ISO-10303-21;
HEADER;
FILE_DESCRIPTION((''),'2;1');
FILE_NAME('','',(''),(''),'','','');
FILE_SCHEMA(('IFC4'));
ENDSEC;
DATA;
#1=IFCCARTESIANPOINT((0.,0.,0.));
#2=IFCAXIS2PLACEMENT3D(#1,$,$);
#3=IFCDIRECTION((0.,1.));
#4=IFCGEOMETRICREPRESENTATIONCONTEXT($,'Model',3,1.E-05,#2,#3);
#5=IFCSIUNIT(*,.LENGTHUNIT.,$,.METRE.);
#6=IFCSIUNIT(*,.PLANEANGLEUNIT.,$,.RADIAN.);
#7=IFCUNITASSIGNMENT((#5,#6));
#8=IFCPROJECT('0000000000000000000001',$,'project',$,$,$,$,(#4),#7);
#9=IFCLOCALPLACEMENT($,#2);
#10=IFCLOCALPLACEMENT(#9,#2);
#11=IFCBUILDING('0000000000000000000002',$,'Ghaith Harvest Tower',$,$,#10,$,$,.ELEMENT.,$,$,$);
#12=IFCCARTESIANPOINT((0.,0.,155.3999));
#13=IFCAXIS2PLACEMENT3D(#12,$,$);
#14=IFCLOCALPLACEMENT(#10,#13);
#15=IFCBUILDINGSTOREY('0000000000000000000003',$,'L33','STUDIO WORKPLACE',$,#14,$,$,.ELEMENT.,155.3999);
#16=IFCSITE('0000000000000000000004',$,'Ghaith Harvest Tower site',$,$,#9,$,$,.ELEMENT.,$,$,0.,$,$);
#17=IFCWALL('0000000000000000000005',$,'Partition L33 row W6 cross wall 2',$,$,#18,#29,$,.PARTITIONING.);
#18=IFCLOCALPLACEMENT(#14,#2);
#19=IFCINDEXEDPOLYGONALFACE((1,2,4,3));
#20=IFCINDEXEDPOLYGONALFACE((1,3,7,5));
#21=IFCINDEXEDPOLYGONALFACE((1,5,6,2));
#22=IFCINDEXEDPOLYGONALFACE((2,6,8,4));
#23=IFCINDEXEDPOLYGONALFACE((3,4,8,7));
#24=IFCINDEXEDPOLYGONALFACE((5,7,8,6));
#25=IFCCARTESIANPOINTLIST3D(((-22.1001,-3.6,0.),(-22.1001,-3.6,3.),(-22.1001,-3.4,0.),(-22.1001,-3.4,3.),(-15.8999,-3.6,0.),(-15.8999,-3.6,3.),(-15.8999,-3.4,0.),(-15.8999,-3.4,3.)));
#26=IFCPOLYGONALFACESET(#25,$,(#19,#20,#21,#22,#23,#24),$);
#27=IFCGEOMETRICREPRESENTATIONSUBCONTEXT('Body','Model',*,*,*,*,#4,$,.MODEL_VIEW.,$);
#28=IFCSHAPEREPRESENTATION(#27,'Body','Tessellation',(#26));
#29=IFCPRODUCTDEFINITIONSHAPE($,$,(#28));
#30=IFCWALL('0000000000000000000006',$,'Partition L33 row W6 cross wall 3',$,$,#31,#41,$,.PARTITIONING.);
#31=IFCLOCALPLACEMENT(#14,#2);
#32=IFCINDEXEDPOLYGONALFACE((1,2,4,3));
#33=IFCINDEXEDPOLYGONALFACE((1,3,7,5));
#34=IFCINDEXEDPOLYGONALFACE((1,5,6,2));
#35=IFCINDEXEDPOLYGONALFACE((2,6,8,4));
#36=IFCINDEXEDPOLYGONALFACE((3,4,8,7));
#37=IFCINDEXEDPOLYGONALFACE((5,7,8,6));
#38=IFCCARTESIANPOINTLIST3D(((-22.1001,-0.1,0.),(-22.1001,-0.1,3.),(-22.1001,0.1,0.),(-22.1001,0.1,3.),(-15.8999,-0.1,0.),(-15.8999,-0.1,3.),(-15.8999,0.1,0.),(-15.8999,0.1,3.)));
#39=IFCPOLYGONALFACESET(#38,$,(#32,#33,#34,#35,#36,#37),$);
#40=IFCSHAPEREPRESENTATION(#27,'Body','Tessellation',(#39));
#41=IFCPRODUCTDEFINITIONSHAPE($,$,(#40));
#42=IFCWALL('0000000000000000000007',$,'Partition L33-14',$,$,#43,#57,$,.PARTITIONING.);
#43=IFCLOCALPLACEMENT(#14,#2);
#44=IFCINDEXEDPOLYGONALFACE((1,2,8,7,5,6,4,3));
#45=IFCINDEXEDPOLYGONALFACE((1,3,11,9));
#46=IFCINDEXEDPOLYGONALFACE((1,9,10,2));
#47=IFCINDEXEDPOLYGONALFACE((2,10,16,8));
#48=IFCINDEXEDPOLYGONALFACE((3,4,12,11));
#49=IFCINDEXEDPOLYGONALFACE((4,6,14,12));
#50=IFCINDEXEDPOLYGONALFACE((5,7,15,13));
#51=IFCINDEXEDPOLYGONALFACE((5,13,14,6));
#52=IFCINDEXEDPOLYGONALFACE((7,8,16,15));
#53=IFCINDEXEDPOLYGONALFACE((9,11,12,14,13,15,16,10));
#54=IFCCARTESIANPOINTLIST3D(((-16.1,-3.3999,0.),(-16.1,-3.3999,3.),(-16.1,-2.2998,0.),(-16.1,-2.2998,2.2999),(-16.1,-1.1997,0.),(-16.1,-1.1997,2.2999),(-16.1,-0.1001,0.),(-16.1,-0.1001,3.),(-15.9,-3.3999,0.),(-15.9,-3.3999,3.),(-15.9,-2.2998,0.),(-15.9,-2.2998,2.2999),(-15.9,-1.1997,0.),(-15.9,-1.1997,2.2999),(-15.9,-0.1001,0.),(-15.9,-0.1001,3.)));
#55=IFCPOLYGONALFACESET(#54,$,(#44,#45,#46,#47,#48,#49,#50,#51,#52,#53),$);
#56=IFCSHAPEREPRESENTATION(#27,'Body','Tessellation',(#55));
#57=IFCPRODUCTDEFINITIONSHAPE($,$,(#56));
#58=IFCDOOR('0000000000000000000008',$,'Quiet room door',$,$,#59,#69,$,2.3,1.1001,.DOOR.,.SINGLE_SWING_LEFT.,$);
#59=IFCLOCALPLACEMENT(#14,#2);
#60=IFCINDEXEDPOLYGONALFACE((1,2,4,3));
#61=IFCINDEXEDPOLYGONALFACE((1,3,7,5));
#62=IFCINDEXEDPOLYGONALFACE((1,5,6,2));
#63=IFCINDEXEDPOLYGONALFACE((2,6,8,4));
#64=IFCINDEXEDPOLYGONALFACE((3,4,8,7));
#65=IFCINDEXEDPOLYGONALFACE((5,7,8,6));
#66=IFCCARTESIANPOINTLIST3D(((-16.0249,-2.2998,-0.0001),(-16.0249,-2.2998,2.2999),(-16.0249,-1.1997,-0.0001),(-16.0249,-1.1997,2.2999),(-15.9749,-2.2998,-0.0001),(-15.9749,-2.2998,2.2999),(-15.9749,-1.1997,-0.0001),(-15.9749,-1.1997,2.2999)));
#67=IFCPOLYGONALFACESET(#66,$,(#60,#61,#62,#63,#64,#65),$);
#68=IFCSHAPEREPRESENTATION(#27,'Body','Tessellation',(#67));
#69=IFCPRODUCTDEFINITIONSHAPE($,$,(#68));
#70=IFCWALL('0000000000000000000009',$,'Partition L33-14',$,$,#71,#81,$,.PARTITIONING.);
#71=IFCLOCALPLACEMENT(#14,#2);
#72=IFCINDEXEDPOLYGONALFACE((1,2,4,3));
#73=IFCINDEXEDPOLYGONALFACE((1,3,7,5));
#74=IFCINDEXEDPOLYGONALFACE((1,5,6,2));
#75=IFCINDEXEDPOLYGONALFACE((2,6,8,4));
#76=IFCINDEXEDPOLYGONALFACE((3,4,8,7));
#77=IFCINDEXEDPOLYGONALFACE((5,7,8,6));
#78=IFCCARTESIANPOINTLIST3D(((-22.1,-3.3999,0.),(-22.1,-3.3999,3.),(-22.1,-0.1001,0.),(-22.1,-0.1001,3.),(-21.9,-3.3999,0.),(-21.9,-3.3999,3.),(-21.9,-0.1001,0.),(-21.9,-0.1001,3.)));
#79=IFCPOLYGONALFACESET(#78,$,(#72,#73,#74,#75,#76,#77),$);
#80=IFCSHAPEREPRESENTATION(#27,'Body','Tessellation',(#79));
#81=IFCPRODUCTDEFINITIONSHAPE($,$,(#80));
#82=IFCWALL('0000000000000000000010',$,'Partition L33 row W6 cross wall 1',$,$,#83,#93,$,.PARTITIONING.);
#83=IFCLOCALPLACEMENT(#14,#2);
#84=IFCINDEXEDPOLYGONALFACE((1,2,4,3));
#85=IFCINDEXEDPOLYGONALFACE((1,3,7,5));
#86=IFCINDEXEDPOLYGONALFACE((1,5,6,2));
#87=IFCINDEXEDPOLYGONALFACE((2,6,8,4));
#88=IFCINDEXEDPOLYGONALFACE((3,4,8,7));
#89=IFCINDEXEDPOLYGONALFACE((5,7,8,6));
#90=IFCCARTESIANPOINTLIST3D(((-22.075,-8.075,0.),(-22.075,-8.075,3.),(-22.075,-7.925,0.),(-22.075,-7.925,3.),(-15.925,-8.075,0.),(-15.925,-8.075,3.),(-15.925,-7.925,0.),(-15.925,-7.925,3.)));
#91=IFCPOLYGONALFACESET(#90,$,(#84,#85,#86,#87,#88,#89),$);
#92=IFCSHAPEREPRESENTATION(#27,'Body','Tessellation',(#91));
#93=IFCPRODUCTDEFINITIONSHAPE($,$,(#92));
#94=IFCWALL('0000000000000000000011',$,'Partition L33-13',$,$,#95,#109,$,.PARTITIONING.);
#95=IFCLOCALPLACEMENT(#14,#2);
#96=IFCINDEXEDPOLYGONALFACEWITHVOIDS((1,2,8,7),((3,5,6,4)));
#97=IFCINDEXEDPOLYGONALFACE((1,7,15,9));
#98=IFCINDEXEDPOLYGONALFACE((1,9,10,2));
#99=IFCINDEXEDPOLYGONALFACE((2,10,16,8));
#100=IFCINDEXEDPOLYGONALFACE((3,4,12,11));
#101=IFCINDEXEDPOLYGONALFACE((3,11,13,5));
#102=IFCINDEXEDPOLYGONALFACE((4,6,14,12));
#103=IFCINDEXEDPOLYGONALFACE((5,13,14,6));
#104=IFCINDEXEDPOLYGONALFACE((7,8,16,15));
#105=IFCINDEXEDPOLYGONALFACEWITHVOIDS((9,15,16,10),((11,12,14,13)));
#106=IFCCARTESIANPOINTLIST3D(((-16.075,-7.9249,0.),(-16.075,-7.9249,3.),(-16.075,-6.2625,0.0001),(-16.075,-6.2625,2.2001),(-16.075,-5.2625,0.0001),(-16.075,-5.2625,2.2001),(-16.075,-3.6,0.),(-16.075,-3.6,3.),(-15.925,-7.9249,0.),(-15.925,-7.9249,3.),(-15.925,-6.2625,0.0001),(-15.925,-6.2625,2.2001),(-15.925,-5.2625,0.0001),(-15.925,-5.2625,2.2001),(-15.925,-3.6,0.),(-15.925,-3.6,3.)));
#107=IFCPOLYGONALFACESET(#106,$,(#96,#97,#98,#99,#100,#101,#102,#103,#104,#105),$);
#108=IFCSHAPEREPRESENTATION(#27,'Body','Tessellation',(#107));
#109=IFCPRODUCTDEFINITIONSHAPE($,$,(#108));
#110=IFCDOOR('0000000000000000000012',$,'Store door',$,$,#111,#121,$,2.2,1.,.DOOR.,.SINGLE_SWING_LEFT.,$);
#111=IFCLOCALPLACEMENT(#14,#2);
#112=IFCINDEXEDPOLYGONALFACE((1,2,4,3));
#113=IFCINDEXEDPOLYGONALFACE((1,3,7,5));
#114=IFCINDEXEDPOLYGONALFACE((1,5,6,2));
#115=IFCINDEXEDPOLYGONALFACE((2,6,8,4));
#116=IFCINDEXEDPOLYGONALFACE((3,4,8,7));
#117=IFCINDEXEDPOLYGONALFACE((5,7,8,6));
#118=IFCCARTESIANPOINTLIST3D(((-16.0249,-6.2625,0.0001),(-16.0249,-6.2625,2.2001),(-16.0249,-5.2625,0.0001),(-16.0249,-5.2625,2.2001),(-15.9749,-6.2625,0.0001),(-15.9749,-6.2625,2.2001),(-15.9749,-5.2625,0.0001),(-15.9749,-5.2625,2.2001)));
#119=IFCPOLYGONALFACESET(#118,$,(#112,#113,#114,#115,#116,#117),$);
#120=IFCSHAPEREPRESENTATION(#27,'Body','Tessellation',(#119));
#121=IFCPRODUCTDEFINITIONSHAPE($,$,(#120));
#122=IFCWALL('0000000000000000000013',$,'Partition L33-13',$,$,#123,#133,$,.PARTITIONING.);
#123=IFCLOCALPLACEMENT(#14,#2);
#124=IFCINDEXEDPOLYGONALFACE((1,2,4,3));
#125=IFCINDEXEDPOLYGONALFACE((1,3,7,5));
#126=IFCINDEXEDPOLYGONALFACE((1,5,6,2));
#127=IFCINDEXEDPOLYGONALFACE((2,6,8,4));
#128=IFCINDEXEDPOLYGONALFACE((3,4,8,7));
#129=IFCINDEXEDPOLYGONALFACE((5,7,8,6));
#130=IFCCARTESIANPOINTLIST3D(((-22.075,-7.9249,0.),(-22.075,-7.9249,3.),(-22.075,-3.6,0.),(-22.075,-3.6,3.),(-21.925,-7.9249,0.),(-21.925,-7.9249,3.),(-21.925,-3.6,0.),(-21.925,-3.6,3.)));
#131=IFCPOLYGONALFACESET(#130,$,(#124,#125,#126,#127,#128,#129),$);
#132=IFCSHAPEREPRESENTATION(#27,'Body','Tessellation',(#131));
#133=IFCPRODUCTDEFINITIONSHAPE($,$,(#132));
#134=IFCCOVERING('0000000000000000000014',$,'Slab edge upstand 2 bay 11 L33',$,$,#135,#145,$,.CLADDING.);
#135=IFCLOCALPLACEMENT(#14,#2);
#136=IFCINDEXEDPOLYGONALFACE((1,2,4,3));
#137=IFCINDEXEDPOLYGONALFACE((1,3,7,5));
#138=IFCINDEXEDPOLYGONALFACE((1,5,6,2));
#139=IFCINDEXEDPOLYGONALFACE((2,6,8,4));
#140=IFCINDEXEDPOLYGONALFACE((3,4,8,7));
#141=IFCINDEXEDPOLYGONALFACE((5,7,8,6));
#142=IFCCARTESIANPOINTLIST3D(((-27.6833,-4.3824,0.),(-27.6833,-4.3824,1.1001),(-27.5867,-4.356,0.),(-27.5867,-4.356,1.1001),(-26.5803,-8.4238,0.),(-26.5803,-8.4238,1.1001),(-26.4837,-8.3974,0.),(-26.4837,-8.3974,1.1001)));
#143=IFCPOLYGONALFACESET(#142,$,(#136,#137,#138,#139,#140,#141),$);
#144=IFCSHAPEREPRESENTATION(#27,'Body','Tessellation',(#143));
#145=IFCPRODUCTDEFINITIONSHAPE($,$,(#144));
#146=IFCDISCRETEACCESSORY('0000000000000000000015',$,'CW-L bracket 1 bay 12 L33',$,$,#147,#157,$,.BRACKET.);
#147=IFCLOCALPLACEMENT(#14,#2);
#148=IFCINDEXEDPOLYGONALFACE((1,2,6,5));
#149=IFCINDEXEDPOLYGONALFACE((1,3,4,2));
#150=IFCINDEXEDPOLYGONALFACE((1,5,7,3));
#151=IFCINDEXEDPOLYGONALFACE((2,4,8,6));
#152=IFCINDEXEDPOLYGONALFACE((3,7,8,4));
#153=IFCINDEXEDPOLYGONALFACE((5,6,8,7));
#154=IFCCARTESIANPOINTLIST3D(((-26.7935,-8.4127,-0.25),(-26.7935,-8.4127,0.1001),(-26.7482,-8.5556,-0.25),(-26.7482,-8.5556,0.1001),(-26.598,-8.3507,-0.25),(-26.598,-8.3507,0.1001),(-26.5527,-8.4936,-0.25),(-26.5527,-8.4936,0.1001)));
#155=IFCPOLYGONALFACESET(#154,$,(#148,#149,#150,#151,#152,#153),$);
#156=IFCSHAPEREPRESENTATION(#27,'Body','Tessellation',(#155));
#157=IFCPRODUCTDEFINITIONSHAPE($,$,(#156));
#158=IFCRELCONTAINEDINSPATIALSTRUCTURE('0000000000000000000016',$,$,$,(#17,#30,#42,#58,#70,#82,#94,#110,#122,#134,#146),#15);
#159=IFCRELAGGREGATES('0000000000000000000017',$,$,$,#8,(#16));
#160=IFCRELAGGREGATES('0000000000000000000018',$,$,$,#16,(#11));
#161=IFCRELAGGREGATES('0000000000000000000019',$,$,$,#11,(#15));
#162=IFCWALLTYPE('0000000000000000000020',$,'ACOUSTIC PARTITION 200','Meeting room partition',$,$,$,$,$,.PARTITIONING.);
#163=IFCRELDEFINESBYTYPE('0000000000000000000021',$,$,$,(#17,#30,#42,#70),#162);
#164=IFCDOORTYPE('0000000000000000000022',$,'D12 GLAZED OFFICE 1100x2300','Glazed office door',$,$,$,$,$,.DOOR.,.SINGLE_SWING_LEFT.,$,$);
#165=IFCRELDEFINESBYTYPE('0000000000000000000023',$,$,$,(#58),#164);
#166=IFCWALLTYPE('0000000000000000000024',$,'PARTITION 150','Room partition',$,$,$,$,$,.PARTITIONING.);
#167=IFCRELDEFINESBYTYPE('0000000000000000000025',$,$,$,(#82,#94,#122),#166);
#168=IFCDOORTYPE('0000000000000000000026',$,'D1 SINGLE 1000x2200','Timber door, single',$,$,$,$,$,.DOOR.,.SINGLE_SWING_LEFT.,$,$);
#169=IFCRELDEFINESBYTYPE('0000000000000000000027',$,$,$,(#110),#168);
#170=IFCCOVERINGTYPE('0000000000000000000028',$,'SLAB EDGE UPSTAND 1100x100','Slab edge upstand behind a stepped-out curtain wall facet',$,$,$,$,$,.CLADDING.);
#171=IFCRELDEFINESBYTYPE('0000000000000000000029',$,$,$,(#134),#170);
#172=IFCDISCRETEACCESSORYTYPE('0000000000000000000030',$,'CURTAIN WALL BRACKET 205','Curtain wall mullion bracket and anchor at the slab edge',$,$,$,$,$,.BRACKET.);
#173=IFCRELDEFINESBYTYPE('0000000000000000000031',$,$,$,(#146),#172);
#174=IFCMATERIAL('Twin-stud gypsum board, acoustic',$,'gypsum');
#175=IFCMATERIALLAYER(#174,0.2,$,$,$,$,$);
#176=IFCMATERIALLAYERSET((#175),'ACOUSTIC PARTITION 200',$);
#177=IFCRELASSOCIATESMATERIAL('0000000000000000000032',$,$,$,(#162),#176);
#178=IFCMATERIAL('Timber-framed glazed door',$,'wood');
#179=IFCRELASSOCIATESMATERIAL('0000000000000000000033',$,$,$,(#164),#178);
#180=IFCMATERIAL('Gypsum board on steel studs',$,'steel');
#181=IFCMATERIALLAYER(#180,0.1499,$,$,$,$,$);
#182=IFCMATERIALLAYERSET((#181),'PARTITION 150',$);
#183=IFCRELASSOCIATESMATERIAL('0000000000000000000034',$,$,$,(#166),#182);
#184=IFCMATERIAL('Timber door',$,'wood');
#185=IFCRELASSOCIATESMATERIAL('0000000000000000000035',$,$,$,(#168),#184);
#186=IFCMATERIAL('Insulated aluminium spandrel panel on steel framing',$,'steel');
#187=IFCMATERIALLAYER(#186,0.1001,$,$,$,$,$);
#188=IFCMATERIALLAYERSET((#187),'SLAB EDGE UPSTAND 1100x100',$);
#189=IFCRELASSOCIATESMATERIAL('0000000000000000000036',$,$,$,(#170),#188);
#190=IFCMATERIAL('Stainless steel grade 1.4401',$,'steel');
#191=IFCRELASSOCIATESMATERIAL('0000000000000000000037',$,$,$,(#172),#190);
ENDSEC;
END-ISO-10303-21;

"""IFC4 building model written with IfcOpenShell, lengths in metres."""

from ifc_helpers import new_model, si_unit, direction, frame, frame_2d, origin, origin_2d, place, context, subcontext, project, spatial, rectangle, extrude, material, layer, layer_set, type_object, element, fill, save


model = new_model("IFC4")

# Units and contexts
model_context = context("Model", 3, precision=1e-05, world=origin(), true_north=direction((0.0, 1.0)))
body_context = subcontext(model_context, "Body", "Model", "MODEL_VIEW")
ifc_project = project(units=[si_unit("LENGTHUNIT", "METRE"), si_unit("PLANEANGLEUNIT", "RADIAN")], contexts=[model_context])

# Site, building, storey
site_placement = place(None, origin())
site = spatial("IfcSite", under=ifc_project, at=site_placement, Name="Ghaith Harvest Tower site", CompositionType="ELEMENT", RefElevation=0.0)
building_placement = place(site_placement, origin())
building = spatial("IfcBuilding", under=site, at=building_placement, Name="Ghaith Harvest Tower", CompositionType="ELEMENT")
storey_placement = place(building_placement, frame((0.0, 0.0, 155.3999)))
storey = spatial("IfcBuildingStorey", under=building, at=storey_placement, Name="L33", Description="STUDIO WORKPLACE", CompositionType="ELEMENT", Elevation=155.3999)

# Walls
ifc_material_1 = material(Name="Twin-stud gypsum board, acoustic", Category="gypsum")
ifc_layer_1 = layer(ifc_material_1, 0.2)
ifc_layer_set_1 = layer_set([ifc_layer_1], Name="ACOUSTIC PARTITION 200")
wall_type_1 = type_object("IfcWallType", Name="ACOUSTIC PARTITION 200", Description="Meeting room partition", PredefinedType="PARTITIONING", material=ifc_layer_set_1)
for number, where, z_axis, x_axis, name in (
    (1, (-15.8999, -3.5, 0.0), (0.0, 0.0, 1.0), (-1.0, 0.0, 0.0), "Partition L33 row W6 cross wall 2"),
    (2, (-15.8999, 0.0, 0.0), (0.0, 0.0, 1.0), (-1.0, 0.0, 0.0), "Partition L33 row W6 cross wall 3"),
):
    element("IfcWall", number, at=place(storey_placement, frame(where, z_axis=z_axis, x_axis=x_axis)), inside=storey, type_object=wall_type_1, Name=name, PredefinedType="PARTITIONING", context=body_context, shape_type="SweptSolid", body=[
        extrude(rectangle(XDim=6.2002, YDim=0.2, at=frame_2d((3.1001, 0.0))), origin(), (0.0, 0.0, 1.0), 3.0),
    ])

# Wall, opening, door
wall_1_placement = place(storey_placement, frame((-16.0, -3.3999, 0.0), z_axis=(0.0, 0.0, 1.0), x_axis=(0.0, 1.0, 0.0)))
wall_1 = element("IfcWall", 3, at=wall_1_placement, inside=storey, type_object=wall_type_1, Name="Partition L33-14", PredefinedType="PARTITIONING", context=body_context, shape_type="SweptSolid", body=[
    extrude(rectangle(XDim=3.2998, YDim=0.2, at=frame_2d((1.6499, 0.0))), origin(), (0.0, 0.0, 1.0), 3.0),
])
opening_1_placement = place(wall_1_placement, frame((1.1001, 0.0, 0.0)))
opening_1 = element("IfcOpeningElement", 4, at=opening_1_placement, cuts=wall_1, PredefinedType="OPENING", context=body_context, shape_type="SweptSolid", body=[
    extrude(rectangle(XDim=1.1001, YDim=2.3, at=frame_2d((0.55, 1.1499))), frame((0.0, 0.1099, 0.0), z_axis=(0.0, -1.0, 0.0), x_axis=(1.0, 0.0, 0.0)), (0.0, 0.0, 1.0), 0.22),
])
ifc_material_2 = material(Name="Timber-framed glazed door", Category="wood")
door_type_1 = type_object("IfcDoorType", Name="D12 GLAZED OFFICE 1100x2300", Description="Glazed office door", OperationType="SINGLE_SWING_LEFT", PredefinedType="DOOR", material=ifc_material_2)
door_1_placement = place(opening_1_placement, origin())
door_1 = element("IfcDoor", 5, at=door_1_placement, inside=storey, type_object=door_type_1, Name="Quiet room door", OperationType="SINGLE_SWING_LEFT", OverallHeight=2.3, OverallWidth=1.1001, PredefinedType="DOOR", context=body_context, shape_type="SweptSolid", body=[
    extrude(rectangle(XDim=1.1001, YDim=2.3, at=frame_2d((0.55, 1.1499))), frame((0.0, 0.0249, 0.0), z_axis=(0.0, -1.0, 0.0), x_axis=(1.0, 0.0, 0.0)), (0.0, 0.0, 1.0), 0.05),
])
fill(opening_1, door_1)

# Walls
wall_2_placement = place(storey_placement, frame((-22.0, -3.3999, 0.0), z_axis=(0.0, 0.0, 1.0), x_axis=(0.0, 1.0, 0.0)))
element("IfcWall", 6, at=wall_2_placement, inside=storey, type_object=wall_type_1, Name="Partition L33-14", PredefinedType="PARTITIONING", context=body_context, shape_type="SweptSolid", body=[
    extrude(rectangle(XDim=3.2998, YDim=0.2, at=frame_2d((1.6499, 0.0))), origin(), (0.0, 0.0, 1.0), 3.0),
])
ifc_material_3 = material(Name="Gypsum board on steel studs", Category="steel")
ifc_layer_2 = layer(ifc_material_3, 0.1499)
ifc_layer_set_2 = layer_set([ifc_layer_2], Name="PARTITION 150")
wall_type_2 = type_object("IfcWallType", Name="PARTITION 150", Description="Room partition", PredefinedType="PARTITIONING", material=ifc_layer_set_2)
wall_3_placement = place(storey_placement, frame((-15.925, -8.0, 0.0), z_axis=(0.0, 0.0, 1.0), x_axis=(-1.0, 0.0, 0.0)))
element("IfcWall", 7, at=wall_3_placement, inside=storey, type_object=wall_type_2, Name="Partition L33 row W6 cross wall 1", PredefinedType="PARTITIONING", context=body_context, shape_type="SweptSolid", body=[
    extrude(rectangle(XDim=6.1499, YDim=0.1499, at=frame_2d((3.075, 0.0))), origin(), (0.0, 0.0, 1.0), 3.0),
])

# Wall, opening, door
wall_4_placement = place(storey_placement, frame((-16.0, -7.925, 0.0), z_axis=(0.0, 0.0, 1.0), x_axis=(0.0, 1.0, 0.0)))
wall_4 = element("IfcWall", 8, at=wall_4_placement, inside=storey, type_object=wall_type_2, Name="Partition L33-13", PredefinedType="PARTITIONING", context=body_context, shape_type="SweptSolid", body=[
    extrude(rectangle(XDim=4.325, YDim=0.1499, at=frame_2d((2.1626, 0.0))), origin(), (0.0, 0.0, 1.0), 3.0),
])
opening_2_placement = place(wall_4_placement, frame((1.6626, 0.0, 0.0)))
opening_2 = element("IfcOpeningElement", 9, at=opening_2_placement, cuts=wall_4, PredefinedType="OPENING", context=body_context, shape_type="SweptSolid", body=[
    extrude(rectangle(XDim=1.0, YDim=2.2, at=frame_2d((0.5, 1.1001))), frame((0.0, 0.085, 0.0), z_axis=(0.0, -1.0, 0.0), x_axis=(1.0, 0.0, 0.0)), (0.0, 0.0, 1.0), 0.1699),
])
ifc_material_4 = material(Name="Timber door", Category="wood")
door_type_2 = type_object("IfcDoorType", Name="D1 SINGLE 1000x2200", Description="Timber door, single", OperationType="SINGLE_SWING_LEFT", PredefinedType="DOOR", material=ifc_material_4)
door_2_placement = place(opening_2_placement, origin())
door_2 = element("IfcDoor", 10, at=door_2_placement, inside=storey, type_object=door_type_2, Name="Store door", OperationType="SINGLE_SWING_LEFT", OverallHeight=2.2, OverallWidth=1.0, PredefinedType="DOOR", context=body_context, shape_type="SweptSolid", body=[
    extrude(rectangle(XDim=1.0, YDim=2.2, at=frame_2d((0.5, 1.1001))), frame((0.0, 0.0249, 0.0), z_axis=(0.0, -1.0, 0.0), x_axis=(1.0, 0.0, 0.0)), (0.0, 0.0, 1.0), 0.05),
])
fill(opening_2, door_2)

# Wall
wall_5_placement = place(storey_placement, frame((-22.0, -7.925, 0.0), z_axis=(0.0, 0.0, 1.0), x_axis=(0.0, 1.0, 0.0)))
element("IfcWall", 11, at=wall_5_placement, inside=storey, type_object=wall_type_2, Name="Partition L33-13", PredefinedType="PARTITIONING", context=body_context, shape_type="SweptSolid", body=[
    extrude(rectangle(XDim=4.325, YDim=0.1499, at=frame_2d((2.1626, 0.0))), origin(), (0.0, 0.0, 1.0), 3.0),
])

# Covering
ifc_material_5 = material(Name="Insulated aluminium spandrel panel on steel framing", Category="steel")
ifc_layer_3 = layer(ifc_material_5, 0.1001)
ifc_layer_set_3 = layer_set([ifc_layer_3], Name="SLAB EDGE UPSTAND 1100x100")
covering_type = type_object("IfcCoveringType", Name="SLAB EDGE UPSTAND 1100x100", Description="Slab edge upstand behind a stepped-out curtain wall facet", PredefinedType="CLADDING", material=ifc_layer_set_3)
covering_placement = place(storey_placement, frame((-27.0835, -6.3899, 0.0), z_axis=(0.0, 0.0, 1.0), x_axis=(0.263288, -0.964717, 0.0)))
element("IfcCovering", 12, at=covering_placement, inside=storey, type_object=covering_type, Name="Slab edge upstand 2 bay 11 L33", PredefinedType="CLADDING", context=body_context, shape_type="SweptSolid", body=[
    extrude(rectangle(XDim=4.1892, YDim=0.1001, at=origin_2d()), origin(), (0.0, 0.0, 1.0), 1.1001),
])

# Discrete accessory
ifc_material_6 = material(Name="Stainless steel grade 1.4401", Category="steel")
discrete_accessory_type = type_object("IfcDiscreteAccessoryType", Name="CURTAIN WALL BRACKET 205", Description="Curtain wall mullion bracket and anchor at the slab edge", PredefinedType="BRACKET", material=ifc_material_6)
discrete_accessory_placement = place(storey_placement, frame((-26.6731, -8.4531, -0.25), z_axis=(0.0, 0.0, 1.0), x_axis=(-0.953273, -0.30211, 0.0)))
element("IfcDiscreteAccessory", 13, at=discrete_accessory_placement, inside=storey, type_object=discrete_accessory_type, Name="CW-L bracket 1 bay 12 L33", PredefinedType="BRACKET", context=body_context, shape_type="SweptSolid", body=[
    extrude(rectangle(XDim=0.2051, YDim=0.1499, at=origin_2d()), origin(), (0.0, 0.0, 1.0), 0.3501),
])

save(model, "model.ifc")
